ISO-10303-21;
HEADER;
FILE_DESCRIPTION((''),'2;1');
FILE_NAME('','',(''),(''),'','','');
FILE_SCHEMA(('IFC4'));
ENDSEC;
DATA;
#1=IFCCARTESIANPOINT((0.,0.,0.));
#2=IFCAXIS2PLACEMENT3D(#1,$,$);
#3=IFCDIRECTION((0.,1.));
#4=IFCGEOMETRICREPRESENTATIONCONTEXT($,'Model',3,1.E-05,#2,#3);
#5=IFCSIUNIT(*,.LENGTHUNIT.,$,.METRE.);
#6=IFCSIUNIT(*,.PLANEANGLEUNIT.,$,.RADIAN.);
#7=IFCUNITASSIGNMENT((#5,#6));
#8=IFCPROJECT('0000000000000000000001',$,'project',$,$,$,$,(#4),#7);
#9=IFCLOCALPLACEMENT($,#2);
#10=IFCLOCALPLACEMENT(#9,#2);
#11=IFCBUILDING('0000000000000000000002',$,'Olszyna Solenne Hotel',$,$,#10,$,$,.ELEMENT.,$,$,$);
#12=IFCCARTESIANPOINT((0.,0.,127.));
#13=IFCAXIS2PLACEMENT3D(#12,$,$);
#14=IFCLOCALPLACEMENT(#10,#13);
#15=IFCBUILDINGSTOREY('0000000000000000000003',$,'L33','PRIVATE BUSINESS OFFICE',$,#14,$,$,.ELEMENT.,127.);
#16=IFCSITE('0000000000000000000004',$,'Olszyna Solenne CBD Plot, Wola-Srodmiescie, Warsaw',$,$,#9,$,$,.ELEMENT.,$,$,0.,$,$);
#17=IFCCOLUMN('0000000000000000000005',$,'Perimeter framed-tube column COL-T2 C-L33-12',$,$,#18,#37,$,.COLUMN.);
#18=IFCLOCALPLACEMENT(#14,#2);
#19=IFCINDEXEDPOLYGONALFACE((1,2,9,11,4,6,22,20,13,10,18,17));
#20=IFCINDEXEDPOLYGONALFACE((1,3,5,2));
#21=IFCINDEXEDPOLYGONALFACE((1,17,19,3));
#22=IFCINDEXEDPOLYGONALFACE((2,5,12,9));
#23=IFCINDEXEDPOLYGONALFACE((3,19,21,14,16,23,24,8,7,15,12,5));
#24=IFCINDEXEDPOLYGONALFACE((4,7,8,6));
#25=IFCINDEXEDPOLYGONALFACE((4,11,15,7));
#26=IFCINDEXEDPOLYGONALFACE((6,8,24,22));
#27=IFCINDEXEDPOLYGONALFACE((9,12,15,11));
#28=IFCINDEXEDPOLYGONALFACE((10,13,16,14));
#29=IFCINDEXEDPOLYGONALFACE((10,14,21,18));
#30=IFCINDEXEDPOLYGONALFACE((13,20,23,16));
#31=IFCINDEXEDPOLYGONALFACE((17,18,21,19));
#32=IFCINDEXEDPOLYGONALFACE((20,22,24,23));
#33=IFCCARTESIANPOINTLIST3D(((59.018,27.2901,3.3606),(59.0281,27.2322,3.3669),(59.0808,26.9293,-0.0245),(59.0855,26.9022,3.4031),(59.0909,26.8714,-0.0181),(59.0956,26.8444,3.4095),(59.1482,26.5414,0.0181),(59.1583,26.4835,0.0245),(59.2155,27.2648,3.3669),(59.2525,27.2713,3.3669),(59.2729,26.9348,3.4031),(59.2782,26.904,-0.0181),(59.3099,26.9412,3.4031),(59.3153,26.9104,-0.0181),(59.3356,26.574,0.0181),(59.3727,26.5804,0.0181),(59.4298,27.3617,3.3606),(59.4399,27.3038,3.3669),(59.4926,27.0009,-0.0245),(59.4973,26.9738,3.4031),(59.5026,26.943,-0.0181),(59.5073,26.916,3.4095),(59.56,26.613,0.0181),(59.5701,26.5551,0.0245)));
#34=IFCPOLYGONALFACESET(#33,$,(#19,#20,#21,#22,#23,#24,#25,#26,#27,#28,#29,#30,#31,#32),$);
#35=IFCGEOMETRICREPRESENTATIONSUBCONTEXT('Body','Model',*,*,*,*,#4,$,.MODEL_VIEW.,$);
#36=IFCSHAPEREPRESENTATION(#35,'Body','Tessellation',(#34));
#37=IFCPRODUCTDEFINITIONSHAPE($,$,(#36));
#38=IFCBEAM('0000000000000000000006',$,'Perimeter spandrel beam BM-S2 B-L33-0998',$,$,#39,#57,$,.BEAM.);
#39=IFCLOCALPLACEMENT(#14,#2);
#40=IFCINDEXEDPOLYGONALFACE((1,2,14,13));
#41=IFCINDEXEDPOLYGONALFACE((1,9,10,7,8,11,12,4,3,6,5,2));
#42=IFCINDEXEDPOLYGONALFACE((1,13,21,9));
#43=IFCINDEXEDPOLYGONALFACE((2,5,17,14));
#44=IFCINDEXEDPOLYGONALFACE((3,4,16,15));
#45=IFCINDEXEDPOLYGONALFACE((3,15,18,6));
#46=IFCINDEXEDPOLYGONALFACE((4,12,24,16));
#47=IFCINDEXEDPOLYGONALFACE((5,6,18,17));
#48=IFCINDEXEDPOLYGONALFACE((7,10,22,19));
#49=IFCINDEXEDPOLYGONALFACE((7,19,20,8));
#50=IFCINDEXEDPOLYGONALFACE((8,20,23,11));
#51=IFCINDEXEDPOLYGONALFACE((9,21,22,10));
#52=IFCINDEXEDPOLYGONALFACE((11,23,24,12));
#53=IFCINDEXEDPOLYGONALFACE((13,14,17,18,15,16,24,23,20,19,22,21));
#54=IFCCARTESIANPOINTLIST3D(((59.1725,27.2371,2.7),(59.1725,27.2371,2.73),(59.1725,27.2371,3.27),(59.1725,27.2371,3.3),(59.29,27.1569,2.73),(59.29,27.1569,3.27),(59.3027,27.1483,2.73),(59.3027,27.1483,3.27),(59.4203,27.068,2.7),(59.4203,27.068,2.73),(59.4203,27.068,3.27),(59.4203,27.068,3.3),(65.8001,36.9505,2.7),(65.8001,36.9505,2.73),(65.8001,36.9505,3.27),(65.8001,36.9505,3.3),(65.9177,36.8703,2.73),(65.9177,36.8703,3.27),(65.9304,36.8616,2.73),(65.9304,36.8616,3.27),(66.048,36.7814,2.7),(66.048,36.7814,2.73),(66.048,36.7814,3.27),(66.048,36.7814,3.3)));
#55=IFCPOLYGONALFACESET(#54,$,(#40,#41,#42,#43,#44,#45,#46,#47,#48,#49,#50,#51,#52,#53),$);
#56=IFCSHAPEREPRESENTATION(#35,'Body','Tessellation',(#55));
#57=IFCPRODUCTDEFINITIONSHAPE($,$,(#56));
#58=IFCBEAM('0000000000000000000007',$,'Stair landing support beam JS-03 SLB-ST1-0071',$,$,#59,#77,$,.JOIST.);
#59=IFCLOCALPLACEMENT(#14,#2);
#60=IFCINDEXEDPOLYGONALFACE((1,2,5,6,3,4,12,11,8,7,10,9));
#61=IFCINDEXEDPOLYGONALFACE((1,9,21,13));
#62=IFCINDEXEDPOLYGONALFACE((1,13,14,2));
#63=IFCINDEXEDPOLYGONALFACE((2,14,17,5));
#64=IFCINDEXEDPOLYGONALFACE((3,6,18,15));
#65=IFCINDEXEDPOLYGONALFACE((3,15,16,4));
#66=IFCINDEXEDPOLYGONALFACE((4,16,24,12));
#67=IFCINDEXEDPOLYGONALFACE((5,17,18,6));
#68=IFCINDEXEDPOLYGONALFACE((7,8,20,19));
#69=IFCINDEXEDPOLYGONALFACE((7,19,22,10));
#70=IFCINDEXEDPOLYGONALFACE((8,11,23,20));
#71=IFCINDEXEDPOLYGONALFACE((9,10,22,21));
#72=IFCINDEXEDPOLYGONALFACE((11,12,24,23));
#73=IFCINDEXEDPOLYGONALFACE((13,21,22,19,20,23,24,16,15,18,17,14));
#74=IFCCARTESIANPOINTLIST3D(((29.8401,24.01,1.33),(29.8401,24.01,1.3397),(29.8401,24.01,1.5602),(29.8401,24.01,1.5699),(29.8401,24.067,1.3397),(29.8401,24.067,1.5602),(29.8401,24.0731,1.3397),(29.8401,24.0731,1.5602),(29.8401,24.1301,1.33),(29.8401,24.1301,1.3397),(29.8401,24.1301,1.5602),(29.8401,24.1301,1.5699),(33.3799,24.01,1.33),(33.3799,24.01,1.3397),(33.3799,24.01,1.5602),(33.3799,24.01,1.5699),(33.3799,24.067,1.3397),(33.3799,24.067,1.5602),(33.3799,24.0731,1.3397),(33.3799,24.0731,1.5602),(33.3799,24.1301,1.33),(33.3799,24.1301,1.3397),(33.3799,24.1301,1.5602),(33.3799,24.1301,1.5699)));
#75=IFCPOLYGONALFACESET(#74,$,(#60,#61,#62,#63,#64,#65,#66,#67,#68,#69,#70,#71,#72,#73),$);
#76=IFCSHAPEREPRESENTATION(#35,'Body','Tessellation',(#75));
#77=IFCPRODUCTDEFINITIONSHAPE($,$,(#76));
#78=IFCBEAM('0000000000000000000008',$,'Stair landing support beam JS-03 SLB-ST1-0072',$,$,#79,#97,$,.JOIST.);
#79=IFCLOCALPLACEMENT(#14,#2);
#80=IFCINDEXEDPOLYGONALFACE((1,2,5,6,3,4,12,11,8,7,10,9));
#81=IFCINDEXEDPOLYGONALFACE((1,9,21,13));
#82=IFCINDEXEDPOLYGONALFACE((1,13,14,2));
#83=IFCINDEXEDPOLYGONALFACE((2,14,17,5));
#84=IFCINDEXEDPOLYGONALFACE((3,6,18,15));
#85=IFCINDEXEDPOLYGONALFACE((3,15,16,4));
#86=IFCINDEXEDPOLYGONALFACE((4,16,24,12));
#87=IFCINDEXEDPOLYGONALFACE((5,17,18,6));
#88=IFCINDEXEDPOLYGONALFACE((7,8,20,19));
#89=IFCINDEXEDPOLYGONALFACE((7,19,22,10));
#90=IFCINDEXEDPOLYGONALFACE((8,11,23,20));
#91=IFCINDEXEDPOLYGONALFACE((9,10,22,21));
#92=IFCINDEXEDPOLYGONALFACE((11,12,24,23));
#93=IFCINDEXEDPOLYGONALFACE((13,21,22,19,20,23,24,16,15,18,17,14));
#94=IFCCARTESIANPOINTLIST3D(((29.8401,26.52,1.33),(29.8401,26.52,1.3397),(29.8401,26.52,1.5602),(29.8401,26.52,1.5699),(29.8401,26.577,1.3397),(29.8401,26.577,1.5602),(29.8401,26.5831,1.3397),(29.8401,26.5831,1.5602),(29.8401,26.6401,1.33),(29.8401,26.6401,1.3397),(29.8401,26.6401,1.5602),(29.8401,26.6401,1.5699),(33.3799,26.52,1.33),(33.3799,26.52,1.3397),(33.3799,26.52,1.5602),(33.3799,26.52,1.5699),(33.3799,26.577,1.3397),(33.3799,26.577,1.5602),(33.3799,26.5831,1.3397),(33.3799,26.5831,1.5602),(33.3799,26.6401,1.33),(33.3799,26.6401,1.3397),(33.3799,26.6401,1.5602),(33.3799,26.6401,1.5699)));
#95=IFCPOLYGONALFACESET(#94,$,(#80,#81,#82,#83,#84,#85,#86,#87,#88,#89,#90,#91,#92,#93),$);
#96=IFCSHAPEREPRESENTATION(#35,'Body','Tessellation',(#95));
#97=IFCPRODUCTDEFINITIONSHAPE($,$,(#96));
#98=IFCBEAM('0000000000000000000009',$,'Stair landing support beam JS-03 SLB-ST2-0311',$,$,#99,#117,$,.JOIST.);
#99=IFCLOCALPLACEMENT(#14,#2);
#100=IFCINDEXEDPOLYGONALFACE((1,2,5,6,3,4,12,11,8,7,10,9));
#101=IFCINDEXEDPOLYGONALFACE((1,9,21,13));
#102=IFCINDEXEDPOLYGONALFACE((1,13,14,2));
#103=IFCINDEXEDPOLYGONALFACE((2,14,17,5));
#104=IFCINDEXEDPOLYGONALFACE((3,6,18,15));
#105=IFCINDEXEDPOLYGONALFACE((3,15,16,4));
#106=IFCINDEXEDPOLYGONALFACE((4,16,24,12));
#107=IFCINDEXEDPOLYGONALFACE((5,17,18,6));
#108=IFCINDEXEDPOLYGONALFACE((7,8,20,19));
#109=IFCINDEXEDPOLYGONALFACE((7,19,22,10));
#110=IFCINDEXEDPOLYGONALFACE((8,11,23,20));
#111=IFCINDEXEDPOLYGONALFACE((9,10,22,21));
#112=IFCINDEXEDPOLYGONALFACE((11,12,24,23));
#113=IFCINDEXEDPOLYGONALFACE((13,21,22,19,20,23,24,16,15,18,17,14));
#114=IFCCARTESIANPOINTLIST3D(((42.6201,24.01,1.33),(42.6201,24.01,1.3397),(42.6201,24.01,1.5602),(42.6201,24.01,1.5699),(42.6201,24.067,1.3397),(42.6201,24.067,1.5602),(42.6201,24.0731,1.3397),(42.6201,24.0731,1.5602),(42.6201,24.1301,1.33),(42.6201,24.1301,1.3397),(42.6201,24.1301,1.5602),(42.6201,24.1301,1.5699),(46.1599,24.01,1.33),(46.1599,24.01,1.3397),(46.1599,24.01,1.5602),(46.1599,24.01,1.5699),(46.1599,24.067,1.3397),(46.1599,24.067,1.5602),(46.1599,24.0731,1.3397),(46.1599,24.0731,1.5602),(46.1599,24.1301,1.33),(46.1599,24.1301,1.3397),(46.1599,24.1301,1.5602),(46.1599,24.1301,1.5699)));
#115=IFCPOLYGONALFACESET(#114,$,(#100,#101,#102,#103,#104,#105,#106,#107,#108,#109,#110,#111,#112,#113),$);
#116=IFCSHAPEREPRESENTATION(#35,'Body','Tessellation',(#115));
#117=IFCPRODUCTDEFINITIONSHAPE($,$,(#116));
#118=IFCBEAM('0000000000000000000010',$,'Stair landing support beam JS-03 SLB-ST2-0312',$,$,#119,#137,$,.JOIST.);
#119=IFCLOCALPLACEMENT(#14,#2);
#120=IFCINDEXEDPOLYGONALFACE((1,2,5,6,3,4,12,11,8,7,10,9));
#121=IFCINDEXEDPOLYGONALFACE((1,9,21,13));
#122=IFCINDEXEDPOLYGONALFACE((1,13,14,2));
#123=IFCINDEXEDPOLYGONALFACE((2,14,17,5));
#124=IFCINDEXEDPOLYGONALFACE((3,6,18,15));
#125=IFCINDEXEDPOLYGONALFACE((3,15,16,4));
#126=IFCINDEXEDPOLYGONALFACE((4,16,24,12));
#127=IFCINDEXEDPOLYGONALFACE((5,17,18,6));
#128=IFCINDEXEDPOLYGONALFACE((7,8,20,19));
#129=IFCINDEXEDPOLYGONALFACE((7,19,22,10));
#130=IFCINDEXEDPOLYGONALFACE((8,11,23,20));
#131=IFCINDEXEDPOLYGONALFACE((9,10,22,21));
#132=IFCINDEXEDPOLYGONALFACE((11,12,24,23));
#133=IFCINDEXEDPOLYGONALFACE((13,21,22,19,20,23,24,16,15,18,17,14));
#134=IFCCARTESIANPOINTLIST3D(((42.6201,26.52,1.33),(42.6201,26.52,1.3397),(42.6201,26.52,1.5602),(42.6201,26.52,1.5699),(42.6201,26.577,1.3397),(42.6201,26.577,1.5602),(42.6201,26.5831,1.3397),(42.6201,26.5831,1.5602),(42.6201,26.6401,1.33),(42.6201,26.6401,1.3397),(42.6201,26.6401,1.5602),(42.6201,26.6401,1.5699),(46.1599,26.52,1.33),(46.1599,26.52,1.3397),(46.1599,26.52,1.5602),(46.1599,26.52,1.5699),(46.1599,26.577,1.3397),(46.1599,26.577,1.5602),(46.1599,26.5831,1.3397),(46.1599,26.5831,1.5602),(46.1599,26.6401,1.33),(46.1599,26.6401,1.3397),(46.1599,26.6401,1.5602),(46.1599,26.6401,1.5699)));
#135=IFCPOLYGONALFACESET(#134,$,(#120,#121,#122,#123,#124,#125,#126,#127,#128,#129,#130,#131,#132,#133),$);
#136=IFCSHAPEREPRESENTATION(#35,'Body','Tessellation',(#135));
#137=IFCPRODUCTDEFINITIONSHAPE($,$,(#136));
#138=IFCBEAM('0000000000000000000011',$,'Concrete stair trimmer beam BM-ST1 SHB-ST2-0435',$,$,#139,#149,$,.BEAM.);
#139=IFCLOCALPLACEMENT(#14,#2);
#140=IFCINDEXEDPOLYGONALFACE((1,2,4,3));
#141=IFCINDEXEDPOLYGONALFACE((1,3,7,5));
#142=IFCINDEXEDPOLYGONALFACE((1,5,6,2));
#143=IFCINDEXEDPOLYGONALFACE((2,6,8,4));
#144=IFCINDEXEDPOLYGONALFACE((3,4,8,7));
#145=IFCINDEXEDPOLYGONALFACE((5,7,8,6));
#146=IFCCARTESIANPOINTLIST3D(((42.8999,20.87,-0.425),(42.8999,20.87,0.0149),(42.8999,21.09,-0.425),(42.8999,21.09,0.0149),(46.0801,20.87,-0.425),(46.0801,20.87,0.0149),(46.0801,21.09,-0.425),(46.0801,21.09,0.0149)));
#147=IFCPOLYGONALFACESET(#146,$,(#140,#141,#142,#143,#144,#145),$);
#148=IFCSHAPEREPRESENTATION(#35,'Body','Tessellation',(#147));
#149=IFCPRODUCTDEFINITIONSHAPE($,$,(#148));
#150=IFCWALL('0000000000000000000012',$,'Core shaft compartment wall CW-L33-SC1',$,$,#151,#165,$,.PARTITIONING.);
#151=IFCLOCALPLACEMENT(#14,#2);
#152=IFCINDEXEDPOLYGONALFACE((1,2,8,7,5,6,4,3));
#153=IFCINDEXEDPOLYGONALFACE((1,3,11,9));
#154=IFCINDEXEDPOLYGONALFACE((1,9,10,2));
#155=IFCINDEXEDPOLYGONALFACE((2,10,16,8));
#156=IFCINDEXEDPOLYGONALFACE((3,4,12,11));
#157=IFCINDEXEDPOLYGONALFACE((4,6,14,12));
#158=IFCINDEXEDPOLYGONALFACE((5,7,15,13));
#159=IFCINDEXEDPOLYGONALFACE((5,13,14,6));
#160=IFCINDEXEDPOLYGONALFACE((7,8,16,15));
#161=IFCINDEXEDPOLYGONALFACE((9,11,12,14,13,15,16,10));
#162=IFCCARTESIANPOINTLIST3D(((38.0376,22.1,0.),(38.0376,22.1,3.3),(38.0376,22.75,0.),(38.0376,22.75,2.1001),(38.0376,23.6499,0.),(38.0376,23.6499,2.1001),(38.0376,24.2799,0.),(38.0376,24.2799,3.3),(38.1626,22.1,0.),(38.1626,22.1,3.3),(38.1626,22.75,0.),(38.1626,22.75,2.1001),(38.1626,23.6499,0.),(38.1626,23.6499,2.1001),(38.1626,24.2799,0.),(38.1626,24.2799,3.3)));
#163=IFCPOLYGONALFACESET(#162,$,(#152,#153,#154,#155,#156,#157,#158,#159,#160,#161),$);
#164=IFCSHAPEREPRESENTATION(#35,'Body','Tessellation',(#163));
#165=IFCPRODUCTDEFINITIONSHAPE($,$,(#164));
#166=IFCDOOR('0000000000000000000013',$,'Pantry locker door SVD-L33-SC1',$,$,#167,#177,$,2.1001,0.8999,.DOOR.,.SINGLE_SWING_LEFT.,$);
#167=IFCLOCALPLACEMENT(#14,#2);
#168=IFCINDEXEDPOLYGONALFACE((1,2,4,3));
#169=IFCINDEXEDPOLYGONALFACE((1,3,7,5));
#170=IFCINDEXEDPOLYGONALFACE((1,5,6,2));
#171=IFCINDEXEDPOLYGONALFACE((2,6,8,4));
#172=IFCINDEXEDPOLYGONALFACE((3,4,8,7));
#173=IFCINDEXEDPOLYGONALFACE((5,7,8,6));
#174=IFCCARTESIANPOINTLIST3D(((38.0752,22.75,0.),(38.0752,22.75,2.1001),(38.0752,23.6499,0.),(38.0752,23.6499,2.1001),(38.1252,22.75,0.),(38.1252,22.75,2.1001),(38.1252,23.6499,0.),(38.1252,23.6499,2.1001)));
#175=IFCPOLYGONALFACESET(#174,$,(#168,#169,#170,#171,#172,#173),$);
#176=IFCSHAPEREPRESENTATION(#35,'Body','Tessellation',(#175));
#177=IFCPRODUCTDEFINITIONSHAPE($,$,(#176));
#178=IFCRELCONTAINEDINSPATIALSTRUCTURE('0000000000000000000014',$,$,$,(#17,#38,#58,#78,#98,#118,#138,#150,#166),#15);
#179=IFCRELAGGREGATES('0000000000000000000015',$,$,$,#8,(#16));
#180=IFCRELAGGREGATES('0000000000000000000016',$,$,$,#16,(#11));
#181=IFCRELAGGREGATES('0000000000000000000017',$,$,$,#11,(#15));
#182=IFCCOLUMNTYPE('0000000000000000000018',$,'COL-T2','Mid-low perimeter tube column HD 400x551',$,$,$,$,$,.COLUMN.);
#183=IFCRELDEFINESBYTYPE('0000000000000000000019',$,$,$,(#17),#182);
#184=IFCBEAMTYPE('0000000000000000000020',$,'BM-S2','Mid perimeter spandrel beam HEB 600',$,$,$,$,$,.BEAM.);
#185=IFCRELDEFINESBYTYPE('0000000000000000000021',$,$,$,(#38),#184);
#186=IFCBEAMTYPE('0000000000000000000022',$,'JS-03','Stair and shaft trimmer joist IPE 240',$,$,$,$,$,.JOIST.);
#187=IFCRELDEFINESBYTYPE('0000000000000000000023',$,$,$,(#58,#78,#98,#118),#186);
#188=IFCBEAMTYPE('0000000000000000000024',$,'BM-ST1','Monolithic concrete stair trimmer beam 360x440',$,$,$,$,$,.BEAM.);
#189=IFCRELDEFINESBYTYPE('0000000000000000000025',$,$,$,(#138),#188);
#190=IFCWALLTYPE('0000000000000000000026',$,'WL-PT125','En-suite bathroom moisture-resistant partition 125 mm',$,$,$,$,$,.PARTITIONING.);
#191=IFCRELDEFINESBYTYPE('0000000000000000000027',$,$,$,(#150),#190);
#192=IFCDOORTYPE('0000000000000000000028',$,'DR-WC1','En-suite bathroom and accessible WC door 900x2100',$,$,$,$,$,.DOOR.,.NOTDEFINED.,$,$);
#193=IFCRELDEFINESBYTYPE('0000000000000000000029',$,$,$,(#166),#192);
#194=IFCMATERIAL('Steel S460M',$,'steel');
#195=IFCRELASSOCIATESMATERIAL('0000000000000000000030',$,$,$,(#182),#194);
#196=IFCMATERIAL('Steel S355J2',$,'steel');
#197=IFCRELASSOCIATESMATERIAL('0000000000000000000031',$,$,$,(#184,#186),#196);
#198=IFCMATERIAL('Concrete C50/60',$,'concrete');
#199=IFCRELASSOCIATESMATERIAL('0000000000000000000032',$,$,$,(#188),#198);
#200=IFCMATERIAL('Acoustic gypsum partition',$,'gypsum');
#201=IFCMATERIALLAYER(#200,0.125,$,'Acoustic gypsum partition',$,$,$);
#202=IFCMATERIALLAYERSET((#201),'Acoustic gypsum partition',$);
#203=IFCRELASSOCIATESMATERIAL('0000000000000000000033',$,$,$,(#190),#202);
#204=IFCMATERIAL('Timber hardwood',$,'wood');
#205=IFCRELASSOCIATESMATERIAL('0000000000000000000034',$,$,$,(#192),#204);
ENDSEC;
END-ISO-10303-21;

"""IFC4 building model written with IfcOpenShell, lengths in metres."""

from ifc_helpers import new_model, si_unit, direction, frame, frame_2d, origin, origin_2d, place, context, subcontext, project, spatial, rectangle, i_section, extrude, source, transform, mapped, material, layer, layer_set, material_profile, profile_set, type_object, type_shapes, element, fill, save


model = new_model("IFC4")

# Units and contexts
model_context = context("Model", 3, precision=1e-05, world=origin(), true_north=direction((0.0, 1.0)))
body_context = subcontext(model_context, "Body", "Model", "MODEL_VIEW")
ifc_project = project(units=[si_unit("LENGTHUNIT", "METRE"), si_unit("PLANEANGLEUNIT", "RADIAN")], contexts=[model_context])

# Site, building, storey
site_placement = place(None, origin())
site = spatial("IfcSite", under=ifc_project, at=site_placement, Name="Olszyna Solenne CBD Plot, Wola-Srodmiescie, Warsaw", CompositionType="ELEMENT", RefElevation=0.0)
building_placement = place(site_placement, origin())
building = spatial("IfcBuilding", under=site, at=building_placement, Name="Olszyna Solenne Hotel", CompositionType="ELEMENT")
storey_placement = place(building_placement, frame((0.0, 0.0, 127.0)))
storey = spatial("IfcBuildingStorey", under=building, at=storey_placement, Name="L33", Description="PRIVATE BUSINESS OFFICE", CompositionType="ELEMENT", Elevation=127.0)

# Column
ifc_material_1 = material(Name="Steel S460M", Category="steel")
ifc_material_profile_1 = material_profile(ifc_material_1, i_section(OverallWidth=0.418, OverallDepth=0.4551, WebThickness=0.0376, FlangeThickness=0.0591, at=origin_2d()), Name="HD 400x551", Category="load-bearing")
ifc_profile_set_1 = profile_set([ifc_material_profile_1], Name="Steel S460M")
column_type = type_object("IfcColumnType", Name="COL-T2", Description="Mid-low perimeter tube column HD 400x551", PredefinedType="COLUMN", material=ifc_profile_set_1)
shared_shape_1 = source(origin(), body_context, "Body", "SweptSolid", [
    extrude(i_section(OverallWidth=0.418, OverallDepth=0.4551, WebThickness=0.0376, FlangeThickness=0.0591, at=origin_2d()), origin(), (0.0, 0.0, 1.0), 3.4048),
])
column_placement = place(storey_placement, frame((59.3254, 26.7422, 0.0), z_axis=(-0.018428, 0.105981, 0.994197), x_axis=(-0.985217, -0.171313, 0.0)))
element("IfcColumn", 1, at=column_placement, inside=storey, type_object=column_type, Name="Perimeter framed-tube column COL-T2 C-L33-12", PredefinedType="COLUMN", context=body_context, shape_type="MappedRepresentation", body=[
    mapped(shared_shape_1, transform((0.0, 0.0, 0.0), x_axis=(1.0, 0.0, 0.0), y_axis=(0.0, 1.0, 0.0), z_axis=(0.0, 0.0, 1.0), scale=1.0)),
])

# Beams
ifc_material_2 = material(Name="Steel S355J2", Category="steel")
ifc_material_profile_2 = material_profile(ifc_material_2, i_section(OverallWidth=0.3, OverallDepth=0.6001, WebThickness=0.0154, FlangeThickness=0.03, at=origin_2d()), Name="HEB 600", Category="load-bearing")
ifc_profile_set_2 = profile_set([ifc_material_profile_2], Name="Steel S355J2")
beam_type_1 = type_object("IfcBeamType", Name="BM-S2", Description="Mid perimeter spandrel beam HEB 600", PredefinedType="BEAM", material=ifc_profile_set_2)
shared_shape_2 = source(origin(), body_context, "Body", "SweptSolid", [
    extrude(i_section(OverallWidth=0.3, OverallDepth=0.6001, WebThickness=0.0154, FlangeThickness=0.03, at=origin_2d()), origin(), (0.0, 0.0, 1.0), 11.759),
])
beam_1_placement = place(storey_placement, frame((59.2964, 27.1526, 3.0), z_axis=(0.563623, 0.826032, 0.0), x_axis=(-0.826032, 0.563623, 0.0)))
element("IfcBeam", 2, at=beam_1_placement, inside=storey, type_object=beam_type_1, Name="Perimeter spandrel beam BM-S2 B-L33-0998", PredefinedType="BEAM", context=body_context, shape_type="MappedRepresentation", body=[
    mapped(shared_shape_2, transform((0.0, 0.0, 0.0), x_axis=(1.0, 0.0, 0.0), y_axis=(0.0, 1.0, 0.0), z_axis=(0.0, 0.0, 1.0), scale=1.0)),
])
ifc_material_profile_3 = material_profile(ifc_material_2, i_section(OverallWidth=0.1201, OverallDepth=0.24, WebThickness=0.0061, FlangeThickness=0.0098, at=origin_2d()), Name="IPE 240", Category="load-bearing")
ifc_profile_set_3 = profile_set([ifc_material_profile_3], Name="Steel S355J2")
beam_type_2 = type_object("IfcBeamType", Name="JS-03", Description="Stair and shaft trimmer joist IPE 240", PredefinedType="JOIST", material=ifc_profile_set_3)
shared_shape_3 = source(origin(), body_context, "Body", "SweptSolid", [
    extrude(i_section(OverallWidth=0.1201, OverallDepth=0.24, WebThickness=0.0061, FlangeThickness=0.0098, at=origin_2d()), origin(), (0.0, 0.0, 1.0), 3.5398),
])
for number, where, z_axis, x_axis, name in (
    (3, (33.3799, 24.0701, 1.45), (-1.0, 0.0, 0.0), (0.0, -1.0, 0.0), "Stair landing support beam JS-03 SLB-ST1-0071"),
    (4, (33.3799, 26.5801, 1.45), (-1.0, 0.0, 0.0), (0.0, -1.0, 0.0), "Stair landing support beam JS-03 SLB-ST1-0072"),
    (5, (46.1599, 24.0701, 1.45), (-1.0, 0.0, 0.0), (0.0, -1.0, 0.0), "Stair landing support beam JS-03 SLB-ST2-0311"),
    (6, (46.1599, 26.5801, 1.45), (-1.0, 0.0, 0.0), (0.0, -1.0, 0.0), "Stair landing support beam JS-03 SLB-ST2-0312"),
):
    element("IfcBeam", number, at=place(storey_placement, frame(where, z_axis=z_axis, x_axis=x_axis)), inside=storey, type_object=beam_type_2, Name=name, PredefinedType="JOIST", context=body_context, shape_type="MappedRepresentation", body=[
        mapped(shared_shape_3, transform((0.0, 0.0, 0.0), x_axis=(1.0, 0.0, 0.0), y_axis=(0.0, 1.0, 0.0), z_axis=(0.0, 0.0, 1.0), scale=1.0)),
    ])
ifc_material_3 = material(Name="Concrete C50/60", Category="concrete")
ifc_material_profile_4 = material_profile(ifc_material_3, rectangle(XDim=0.22, YDim=0.4399, at=origin_2d()), Name="RC 220x440", Category="load-bearing")
ifc_profile_set_4 = profile_set([ifc_material_profile_4], Name="Concrete C50/60")
beam_type_3 = type_object("IfcBeamType", Name="BM-ST1", Description="Monolithic concrete stair trimmer beam 360x440", PredefinedType="BEAM", material=ifc_profile_set_4)
shared_shape_4 = source(origin(), body_context, "Body", "SweptSolid", [
    extrude(rectangle(XDim=0.22, YDim=0.4399, at=origin_2d()), origin(), (0.0, 0.0, 1.0), 3.1802),
])
beam_2_placement = place(storey_placement, frame((46.0801, 20.98, -0.2051), z_axis=(-1.0, 0.0, 0.0), x_axis=(0.0, -1.0, 0.0)))
element("IfcBeam", 7, at=beam_2_placement, inside=storey, type_object=beam_type_3, Name="Concrete stair trimmer beam BM-ST1 SHB-ST2-0435", PredefinedType="BEAM", context=body_context, shape_type="MappedRepresentation", body=[
    mapped(shared_shape_4, transform((0.0, 0.0, 0.0), x_axis=(1.0, 0.0, 0.0), y_axis=(0.0, 1.0, 0.0), z_axis=(0.0, 0.0, 1.0), scale=1.0)),
])

# Wall, opening, door
ifc_material_4 = material(Name="Acoustic gypsum partition", Category="gypsum")
ifc_layer_1 = layer(ifc_material_4, 0.125, Name="Acoustic gypsum partition")
ifc_layer_set_1 = layer_set([ifc_layer_1], Name="Acoustic gypsum partition")
wall_type_1 = type_object("IfcWallType", Name="WL-PT125", Description="En-suite bathroom moisture-resistant partition 125 mm", PredefinedType="PARTITIONING", material=ifc_layer_set_1)
wall_1_placement = place(storey_placement, frame((38.1001, 22.1001, 0.0), z_axis=(0.0, 0.0, 1.0), x_axis=(0.0, 1.0, 0.0)))
wall_1 = element("IfcWall", 8, at=wall_1_placement, inside=storey, type_object=wall_type_1, Name="Core shaft compartment wall CW-L33-SC1", PredefinedType="PARTITIONING", context=body_context, shape_type="SweptSolid", body=[
    extrude(rectangle(XDim=2.1799, YDim=0.125, at=frame_2d((1.0898, 0.0))), origin(), (0.0, 0.0, 1.0), 3.3),
])
opening_1_placement = place(wall_1_placement, frame((0.6499, 0.0, 0.0)))
opening_1 = element("IfcOpeningElement", 9, at=opening_1_placement, cuts=wall_1, PredefinedType="OPENING", context=body_context, shape_type="SweptSolid", body=[
    extrude(rectangle(XDim=0.8999, YDim=2.1001, at=frame_2d((0.45, 1.05))), frame((0.0, 0.0725, 0.0), z_axis=(0.0, -1.0, 0.0), x_axis=(1.0, 0.0, 0.0)), (0.0, 0.0, 1.0), 0.145),
])
ifc_material_5 = material(Name="Timber hardwood", Category="wood")
door_type_1 = type_object("IfcDoorType", Name="DR-WC1", Description="En-suite bathroom and accessible WC door 900x2100", OperationType="NOTDEFINED", PredefinedType="DOOR", material=ifc_material_5)
shared_shape_5 = source(origin(), body_context, "Body", "SweptSolid", [
    extrude(rectangle(XDim=0.8999, YDim=2.1001, at=frame_2d((0.45, 1.05))), frame((0.0, 0.0249, 0.0), z_axis=(0.0, -1.0, 0.0), x_axis=(1.0, 0.0, 0.0)), (0.0, 0.0, 1.0), 0.05),
])
type_shapes(door_type_1, [shared_shape_5])
door_1_placement = place(opening_1_placement, origin())
door_1 = element("IfcDoor", 10, at=door_1_placement, inside=storey, type_object=door_type_1, Name="Pantry locker door SVD-L33-SC1", OperationType="SINGLE_SWING_LEFT", OverallHeight=2.1001, OverallWidth=0.8999, PredefinedType="DOOR", context=body_context, shape_type="MappedRepresentation", body=[
    mapped(shared_shape_5, transform((0.0, 0.0, 0.0), x_axis=(1.0, 0.0, 0.0), y_axis=(0.0, 1.0, 0.0), z_axis=(0.0, 0.0, 1.0), scale=1.0)),
])
fill(opening_1, door_1)

save(model, "model.ifc")
